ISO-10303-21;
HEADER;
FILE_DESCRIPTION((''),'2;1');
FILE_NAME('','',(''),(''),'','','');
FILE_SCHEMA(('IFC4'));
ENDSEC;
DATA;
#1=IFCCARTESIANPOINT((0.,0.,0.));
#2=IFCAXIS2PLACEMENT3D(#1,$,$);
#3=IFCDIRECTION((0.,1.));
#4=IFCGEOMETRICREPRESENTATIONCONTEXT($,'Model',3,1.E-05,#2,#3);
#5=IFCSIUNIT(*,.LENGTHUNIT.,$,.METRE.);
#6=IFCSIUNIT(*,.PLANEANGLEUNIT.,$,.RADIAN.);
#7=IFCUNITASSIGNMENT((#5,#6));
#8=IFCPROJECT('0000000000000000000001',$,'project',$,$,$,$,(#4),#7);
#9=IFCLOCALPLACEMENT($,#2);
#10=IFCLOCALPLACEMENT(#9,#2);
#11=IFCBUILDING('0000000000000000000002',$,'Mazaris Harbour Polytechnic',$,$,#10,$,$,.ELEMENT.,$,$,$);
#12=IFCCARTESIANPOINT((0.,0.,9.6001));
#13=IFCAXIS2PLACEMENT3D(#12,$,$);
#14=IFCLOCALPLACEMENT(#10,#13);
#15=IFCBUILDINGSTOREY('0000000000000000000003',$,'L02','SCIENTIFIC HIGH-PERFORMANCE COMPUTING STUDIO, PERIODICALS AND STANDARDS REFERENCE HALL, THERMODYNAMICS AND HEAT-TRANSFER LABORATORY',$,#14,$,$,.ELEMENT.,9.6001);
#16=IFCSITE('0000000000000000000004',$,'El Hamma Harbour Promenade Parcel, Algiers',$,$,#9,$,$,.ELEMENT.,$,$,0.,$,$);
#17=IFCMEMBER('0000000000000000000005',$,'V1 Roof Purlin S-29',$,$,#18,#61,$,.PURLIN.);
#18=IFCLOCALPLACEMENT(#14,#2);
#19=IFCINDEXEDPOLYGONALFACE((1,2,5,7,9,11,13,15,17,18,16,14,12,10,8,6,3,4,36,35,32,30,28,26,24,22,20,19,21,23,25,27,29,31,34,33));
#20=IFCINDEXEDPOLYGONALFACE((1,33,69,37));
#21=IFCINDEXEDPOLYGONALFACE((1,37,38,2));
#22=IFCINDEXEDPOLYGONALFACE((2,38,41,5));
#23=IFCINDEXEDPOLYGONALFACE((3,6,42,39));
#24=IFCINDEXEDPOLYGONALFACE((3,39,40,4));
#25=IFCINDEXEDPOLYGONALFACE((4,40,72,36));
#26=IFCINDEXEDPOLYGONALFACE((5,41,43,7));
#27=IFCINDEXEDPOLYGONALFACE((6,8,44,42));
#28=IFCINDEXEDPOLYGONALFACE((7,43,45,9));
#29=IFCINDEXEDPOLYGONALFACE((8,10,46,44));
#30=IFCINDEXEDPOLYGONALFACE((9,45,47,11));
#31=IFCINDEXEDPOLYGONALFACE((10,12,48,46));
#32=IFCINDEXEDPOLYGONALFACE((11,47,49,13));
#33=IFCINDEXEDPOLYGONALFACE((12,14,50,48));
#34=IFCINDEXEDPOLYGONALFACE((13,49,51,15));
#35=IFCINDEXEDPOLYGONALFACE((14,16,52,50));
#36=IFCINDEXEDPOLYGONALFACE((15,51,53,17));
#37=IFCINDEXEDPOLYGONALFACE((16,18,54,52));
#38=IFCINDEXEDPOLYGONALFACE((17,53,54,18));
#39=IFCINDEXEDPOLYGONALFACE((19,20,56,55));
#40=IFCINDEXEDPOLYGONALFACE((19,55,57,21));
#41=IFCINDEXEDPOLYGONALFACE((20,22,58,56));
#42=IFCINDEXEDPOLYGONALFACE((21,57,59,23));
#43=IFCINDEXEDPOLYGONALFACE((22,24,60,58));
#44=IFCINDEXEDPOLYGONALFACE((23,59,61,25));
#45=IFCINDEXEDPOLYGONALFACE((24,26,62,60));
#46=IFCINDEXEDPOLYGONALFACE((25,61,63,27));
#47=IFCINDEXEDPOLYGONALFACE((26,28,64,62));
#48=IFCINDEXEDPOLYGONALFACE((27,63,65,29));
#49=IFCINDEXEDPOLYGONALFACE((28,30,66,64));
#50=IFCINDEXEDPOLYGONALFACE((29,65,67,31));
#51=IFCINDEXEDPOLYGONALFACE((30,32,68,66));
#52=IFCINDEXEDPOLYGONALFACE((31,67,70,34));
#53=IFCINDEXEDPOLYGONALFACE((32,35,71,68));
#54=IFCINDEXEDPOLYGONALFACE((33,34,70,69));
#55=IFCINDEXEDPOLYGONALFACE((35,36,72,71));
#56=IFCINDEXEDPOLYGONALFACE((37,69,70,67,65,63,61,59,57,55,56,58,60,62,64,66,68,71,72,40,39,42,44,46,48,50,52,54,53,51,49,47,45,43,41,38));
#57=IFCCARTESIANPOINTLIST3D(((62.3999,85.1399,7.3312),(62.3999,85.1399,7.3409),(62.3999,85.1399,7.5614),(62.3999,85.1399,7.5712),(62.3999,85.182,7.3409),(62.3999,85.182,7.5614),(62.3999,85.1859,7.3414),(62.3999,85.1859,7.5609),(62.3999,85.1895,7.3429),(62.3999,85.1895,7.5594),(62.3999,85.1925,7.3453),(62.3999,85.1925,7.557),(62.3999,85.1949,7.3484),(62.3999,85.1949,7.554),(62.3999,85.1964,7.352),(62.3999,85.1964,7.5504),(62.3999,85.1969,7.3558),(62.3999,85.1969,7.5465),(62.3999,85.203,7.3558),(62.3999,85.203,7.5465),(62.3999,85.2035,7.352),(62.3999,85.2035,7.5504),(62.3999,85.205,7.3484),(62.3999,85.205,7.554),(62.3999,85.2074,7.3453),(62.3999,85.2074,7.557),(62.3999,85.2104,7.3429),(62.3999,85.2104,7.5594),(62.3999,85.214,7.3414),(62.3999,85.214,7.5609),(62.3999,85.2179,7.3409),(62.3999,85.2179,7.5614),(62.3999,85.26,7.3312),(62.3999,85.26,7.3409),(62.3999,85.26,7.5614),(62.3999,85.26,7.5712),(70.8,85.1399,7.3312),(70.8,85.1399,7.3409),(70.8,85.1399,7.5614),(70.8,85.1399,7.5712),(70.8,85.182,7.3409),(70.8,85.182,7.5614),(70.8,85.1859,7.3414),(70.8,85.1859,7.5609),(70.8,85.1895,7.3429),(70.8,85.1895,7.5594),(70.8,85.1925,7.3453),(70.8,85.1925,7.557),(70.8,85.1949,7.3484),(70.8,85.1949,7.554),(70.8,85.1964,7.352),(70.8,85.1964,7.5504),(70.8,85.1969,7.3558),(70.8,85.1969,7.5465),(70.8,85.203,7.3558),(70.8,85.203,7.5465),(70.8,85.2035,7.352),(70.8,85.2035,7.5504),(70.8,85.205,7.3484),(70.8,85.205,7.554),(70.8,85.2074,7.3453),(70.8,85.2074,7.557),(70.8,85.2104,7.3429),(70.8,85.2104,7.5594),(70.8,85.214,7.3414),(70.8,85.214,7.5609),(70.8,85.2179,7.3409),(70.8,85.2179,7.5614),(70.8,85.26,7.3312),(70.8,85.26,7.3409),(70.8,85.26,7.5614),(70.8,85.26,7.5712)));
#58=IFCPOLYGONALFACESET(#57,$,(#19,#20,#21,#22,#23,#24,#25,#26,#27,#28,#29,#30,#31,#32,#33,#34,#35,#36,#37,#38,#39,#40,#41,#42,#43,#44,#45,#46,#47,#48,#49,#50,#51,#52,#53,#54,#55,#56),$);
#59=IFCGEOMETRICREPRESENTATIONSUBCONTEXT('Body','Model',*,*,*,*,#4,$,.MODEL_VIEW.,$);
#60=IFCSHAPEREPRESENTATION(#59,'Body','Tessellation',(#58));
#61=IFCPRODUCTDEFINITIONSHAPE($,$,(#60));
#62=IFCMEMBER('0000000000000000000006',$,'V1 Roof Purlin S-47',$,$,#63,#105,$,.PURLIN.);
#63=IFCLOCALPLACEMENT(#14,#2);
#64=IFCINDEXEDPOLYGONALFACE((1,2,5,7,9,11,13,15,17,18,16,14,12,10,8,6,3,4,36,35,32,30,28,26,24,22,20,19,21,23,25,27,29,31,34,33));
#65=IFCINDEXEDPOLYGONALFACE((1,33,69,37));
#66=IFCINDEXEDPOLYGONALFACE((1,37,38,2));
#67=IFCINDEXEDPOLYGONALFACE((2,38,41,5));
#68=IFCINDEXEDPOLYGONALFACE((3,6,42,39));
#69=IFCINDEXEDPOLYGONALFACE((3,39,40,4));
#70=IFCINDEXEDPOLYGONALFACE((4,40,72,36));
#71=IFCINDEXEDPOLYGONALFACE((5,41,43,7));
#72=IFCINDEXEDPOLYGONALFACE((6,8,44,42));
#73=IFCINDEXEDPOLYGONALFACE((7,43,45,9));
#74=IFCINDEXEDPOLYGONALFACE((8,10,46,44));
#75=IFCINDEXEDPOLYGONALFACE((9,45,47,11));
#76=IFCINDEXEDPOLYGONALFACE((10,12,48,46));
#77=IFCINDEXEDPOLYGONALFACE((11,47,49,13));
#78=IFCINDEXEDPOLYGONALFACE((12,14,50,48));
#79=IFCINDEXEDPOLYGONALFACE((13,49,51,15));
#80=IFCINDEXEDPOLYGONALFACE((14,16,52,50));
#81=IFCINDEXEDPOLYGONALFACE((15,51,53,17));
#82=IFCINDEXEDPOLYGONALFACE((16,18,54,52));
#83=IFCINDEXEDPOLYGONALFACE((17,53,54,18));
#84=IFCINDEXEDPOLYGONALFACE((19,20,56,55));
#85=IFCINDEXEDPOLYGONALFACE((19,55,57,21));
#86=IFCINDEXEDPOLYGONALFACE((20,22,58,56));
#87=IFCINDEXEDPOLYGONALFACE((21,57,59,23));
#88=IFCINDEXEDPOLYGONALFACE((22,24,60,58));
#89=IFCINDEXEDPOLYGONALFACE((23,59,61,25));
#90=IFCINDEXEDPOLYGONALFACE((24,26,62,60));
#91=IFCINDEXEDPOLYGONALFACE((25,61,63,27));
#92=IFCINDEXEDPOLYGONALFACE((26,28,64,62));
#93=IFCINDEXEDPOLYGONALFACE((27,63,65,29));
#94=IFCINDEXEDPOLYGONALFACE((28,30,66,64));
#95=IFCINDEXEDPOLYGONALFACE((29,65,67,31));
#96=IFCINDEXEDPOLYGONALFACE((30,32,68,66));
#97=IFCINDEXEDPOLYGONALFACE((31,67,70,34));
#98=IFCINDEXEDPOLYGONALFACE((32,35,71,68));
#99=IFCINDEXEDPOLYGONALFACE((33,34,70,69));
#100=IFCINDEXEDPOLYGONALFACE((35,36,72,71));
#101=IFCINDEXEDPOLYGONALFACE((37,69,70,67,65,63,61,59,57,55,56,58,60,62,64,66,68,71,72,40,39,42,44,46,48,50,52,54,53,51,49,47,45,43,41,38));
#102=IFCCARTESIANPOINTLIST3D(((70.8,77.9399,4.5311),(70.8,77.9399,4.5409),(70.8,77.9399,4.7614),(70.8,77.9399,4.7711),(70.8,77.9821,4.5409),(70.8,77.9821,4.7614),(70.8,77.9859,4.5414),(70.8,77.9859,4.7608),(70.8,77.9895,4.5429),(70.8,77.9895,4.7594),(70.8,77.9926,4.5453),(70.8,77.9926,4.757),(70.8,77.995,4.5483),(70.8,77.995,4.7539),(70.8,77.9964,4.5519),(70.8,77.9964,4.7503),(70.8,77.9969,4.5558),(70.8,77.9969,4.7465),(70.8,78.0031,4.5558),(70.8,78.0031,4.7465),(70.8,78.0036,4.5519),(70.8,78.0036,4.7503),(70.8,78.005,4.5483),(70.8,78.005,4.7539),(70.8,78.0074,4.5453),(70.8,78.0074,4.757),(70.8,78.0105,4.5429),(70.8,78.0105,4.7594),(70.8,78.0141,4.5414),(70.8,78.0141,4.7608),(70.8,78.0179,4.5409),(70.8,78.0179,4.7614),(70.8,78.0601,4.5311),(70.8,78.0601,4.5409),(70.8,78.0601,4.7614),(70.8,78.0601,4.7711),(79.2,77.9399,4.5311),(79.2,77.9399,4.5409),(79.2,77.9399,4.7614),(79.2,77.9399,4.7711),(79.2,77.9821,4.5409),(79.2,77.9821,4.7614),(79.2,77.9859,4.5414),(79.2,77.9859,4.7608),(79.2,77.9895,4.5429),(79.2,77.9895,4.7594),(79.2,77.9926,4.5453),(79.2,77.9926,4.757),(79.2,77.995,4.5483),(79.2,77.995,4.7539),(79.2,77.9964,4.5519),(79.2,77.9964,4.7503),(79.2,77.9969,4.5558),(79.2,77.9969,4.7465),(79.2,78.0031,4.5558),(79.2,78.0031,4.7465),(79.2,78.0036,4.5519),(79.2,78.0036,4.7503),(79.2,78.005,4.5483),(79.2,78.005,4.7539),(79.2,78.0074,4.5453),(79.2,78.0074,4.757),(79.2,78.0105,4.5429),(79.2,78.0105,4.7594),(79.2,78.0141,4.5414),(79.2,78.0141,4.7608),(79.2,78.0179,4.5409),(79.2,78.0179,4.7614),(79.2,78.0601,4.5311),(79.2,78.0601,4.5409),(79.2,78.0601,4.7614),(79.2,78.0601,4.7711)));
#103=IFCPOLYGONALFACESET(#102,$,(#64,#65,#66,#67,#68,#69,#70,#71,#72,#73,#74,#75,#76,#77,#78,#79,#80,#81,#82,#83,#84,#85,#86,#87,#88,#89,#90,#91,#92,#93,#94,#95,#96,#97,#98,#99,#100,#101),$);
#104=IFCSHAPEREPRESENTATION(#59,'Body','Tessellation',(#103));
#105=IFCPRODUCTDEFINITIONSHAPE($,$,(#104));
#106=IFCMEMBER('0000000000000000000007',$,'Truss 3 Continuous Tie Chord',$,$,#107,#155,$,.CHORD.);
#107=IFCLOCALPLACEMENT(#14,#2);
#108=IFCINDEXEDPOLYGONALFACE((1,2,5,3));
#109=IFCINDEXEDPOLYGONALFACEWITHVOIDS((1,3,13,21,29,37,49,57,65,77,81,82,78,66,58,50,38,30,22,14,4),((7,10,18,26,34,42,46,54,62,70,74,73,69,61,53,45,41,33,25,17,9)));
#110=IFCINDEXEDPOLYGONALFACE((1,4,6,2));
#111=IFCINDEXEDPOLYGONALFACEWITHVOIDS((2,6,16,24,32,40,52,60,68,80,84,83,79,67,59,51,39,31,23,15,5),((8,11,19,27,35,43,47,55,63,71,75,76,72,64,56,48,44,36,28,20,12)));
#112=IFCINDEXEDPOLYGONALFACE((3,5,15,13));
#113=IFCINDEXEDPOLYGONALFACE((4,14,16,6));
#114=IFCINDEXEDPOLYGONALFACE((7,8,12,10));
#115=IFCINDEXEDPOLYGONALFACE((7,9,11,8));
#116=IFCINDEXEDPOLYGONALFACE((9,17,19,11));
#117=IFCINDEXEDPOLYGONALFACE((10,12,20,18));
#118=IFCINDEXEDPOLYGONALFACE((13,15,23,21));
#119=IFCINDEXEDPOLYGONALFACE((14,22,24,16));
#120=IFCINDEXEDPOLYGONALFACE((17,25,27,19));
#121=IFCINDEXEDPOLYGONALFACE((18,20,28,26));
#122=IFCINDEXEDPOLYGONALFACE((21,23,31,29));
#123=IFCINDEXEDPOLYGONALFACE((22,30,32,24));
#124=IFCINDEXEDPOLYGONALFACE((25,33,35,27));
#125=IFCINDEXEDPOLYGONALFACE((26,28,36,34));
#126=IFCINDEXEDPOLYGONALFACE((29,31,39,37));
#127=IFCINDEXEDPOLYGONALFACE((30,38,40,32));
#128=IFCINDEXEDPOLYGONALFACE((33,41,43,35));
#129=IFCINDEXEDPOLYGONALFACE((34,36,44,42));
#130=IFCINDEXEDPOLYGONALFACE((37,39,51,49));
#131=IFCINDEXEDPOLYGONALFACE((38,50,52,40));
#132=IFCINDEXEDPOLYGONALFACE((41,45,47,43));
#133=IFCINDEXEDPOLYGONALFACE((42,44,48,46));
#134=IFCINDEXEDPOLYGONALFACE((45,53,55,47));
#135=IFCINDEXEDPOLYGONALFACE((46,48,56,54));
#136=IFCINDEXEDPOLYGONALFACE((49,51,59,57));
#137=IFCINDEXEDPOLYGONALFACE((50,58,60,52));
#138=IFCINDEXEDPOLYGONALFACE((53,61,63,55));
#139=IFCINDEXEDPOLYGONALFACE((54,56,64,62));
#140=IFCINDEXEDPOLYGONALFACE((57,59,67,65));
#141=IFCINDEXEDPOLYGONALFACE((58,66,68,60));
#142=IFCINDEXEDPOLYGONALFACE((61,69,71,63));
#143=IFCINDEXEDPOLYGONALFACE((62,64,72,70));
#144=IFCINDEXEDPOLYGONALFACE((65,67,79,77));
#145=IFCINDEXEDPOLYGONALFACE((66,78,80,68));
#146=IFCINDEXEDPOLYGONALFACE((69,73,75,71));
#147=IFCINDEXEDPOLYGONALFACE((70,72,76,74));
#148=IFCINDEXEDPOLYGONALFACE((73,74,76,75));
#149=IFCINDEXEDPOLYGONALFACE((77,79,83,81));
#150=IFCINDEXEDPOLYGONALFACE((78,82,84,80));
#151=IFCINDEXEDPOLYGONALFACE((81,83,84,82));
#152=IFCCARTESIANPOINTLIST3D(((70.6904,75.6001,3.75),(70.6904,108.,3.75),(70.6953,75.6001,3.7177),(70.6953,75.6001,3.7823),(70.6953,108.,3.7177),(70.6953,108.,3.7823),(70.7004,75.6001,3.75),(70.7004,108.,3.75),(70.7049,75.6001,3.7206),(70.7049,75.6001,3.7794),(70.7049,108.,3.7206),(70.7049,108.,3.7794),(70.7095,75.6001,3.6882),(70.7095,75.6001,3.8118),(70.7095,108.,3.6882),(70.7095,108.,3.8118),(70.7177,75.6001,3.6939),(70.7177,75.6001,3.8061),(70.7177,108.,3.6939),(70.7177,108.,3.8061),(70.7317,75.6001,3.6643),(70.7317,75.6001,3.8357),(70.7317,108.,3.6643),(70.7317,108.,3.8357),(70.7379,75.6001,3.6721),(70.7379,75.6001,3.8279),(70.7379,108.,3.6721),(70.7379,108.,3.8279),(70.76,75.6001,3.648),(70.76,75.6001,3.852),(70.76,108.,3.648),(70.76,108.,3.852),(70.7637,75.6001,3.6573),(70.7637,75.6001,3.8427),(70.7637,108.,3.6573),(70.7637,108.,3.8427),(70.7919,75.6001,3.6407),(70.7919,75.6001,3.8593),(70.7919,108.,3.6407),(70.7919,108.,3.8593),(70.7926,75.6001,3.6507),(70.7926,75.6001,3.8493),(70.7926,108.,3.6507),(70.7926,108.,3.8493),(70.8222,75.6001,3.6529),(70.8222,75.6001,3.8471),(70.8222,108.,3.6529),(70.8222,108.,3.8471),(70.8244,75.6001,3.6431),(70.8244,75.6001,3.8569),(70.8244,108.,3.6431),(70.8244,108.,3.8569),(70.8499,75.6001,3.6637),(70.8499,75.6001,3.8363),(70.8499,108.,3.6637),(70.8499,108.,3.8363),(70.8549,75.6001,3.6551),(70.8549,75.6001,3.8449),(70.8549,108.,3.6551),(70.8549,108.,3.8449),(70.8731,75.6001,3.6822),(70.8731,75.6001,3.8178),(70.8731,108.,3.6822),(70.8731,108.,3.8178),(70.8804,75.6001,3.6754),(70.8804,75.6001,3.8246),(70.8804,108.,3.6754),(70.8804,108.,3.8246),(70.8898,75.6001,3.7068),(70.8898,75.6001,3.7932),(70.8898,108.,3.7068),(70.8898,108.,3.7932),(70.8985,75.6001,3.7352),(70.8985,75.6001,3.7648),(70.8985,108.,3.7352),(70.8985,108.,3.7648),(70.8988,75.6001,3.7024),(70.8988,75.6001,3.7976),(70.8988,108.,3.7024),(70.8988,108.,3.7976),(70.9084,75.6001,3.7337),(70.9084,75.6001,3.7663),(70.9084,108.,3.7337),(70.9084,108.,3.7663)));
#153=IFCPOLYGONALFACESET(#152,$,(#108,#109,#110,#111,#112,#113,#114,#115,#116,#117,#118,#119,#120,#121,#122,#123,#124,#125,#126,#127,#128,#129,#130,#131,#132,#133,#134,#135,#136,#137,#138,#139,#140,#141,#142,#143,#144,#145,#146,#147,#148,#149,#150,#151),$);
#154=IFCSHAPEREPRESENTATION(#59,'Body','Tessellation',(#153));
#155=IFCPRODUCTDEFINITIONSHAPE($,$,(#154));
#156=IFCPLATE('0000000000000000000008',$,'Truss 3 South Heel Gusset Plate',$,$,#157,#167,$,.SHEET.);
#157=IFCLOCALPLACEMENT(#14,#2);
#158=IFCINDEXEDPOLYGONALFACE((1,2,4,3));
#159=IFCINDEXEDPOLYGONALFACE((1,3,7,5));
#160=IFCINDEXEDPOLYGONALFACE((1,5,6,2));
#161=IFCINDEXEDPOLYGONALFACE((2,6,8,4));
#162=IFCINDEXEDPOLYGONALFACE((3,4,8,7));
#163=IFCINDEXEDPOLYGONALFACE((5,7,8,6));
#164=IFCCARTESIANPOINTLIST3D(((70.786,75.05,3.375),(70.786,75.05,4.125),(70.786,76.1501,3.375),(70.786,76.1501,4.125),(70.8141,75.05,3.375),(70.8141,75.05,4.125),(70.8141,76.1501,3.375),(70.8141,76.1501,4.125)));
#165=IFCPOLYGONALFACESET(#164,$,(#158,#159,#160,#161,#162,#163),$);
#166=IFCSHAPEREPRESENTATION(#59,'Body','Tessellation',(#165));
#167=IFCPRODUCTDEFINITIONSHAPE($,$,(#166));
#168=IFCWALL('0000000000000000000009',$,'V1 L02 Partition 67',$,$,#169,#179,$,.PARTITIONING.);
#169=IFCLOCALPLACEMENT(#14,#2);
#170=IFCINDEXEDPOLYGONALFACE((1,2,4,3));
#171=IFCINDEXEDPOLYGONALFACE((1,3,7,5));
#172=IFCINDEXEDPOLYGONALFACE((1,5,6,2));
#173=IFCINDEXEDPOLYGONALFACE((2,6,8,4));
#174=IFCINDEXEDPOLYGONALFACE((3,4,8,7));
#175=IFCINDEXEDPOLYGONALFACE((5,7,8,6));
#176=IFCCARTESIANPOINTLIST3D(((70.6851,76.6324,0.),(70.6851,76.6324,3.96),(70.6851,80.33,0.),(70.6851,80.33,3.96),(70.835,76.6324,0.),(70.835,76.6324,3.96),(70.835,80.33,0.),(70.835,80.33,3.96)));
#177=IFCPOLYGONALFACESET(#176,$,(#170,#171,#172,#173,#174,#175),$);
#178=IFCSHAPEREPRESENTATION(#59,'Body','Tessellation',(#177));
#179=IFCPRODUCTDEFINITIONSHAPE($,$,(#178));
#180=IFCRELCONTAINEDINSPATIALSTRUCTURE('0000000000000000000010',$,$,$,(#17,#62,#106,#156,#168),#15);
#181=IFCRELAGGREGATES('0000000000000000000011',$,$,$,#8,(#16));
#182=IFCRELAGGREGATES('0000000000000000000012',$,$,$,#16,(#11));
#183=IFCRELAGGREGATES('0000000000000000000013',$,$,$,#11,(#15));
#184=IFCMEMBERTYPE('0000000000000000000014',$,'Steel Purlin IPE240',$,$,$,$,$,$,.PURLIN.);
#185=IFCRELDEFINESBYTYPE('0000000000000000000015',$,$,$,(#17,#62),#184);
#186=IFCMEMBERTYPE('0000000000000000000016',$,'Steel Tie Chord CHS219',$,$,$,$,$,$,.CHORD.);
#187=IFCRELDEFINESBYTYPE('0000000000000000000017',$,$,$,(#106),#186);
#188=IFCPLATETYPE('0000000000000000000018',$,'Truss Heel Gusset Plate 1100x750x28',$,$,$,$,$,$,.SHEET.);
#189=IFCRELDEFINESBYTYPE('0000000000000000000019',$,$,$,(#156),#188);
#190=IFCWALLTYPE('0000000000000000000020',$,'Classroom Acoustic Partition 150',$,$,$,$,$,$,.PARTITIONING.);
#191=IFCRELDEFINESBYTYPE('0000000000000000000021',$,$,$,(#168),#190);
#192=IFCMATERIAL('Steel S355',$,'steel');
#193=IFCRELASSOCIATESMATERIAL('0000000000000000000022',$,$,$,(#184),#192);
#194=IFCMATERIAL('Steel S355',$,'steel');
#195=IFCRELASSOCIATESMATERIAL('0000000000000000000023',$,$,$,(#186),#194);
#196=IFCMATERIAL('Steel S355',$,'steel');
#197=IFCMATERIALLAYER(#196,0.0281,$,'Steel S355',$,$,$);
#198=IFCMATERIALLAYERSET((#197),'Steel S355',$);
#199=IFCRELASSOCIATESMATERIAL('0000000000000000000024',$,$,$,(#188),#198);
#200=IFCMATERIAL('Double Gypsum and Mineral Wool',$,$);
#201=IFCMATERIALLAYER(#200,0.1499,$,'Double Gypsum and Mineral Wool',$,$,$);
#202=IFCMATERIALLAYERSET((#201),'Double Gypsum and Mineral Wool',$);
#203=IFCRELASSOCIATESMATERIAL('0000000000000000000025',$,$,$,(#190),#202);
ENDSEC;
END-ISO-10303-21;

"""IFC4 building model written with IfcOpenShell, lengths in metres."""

from ifc_helpers import new_model, si_unit, direction, frame, frame_2d, origin, origin_2d, place, context, subcontext, project, spatial, rectangle, hollow_circle, i_section, extrude, material, layer, layer_set, material_profile, profile_set, type_object, element, save


model = new_model("IFC4")

# Units and contexts
model_context = context("Model", 3, precision=1e-05, world=origin(), true_north=direction((0.0, 1.0)))
body_context = subcontext(model_context, "Body", "Model", "MODEL_VIEW")
ifc_project = project(units=[si_unit("LENGTHUNIT", "METRE"), si_unit("PLANEANGLEUNIT", "RADIAN")], contexts=[model_context])

# Site, building, storey
site_placement = place(None, origin())
site = spatial("IfcSite", under=ifc_project, at=site_placement, Name="El Hamma Harbour Promenade Parcel, Algiers", CompositionType="ELEMENT", RefElevation=0.0)
building_placement = place(site_placement, origin())
building = spatial("IfcBuilding", under=site, at=building_placement, Name="Mazaris Harbour Polytechnic", CompositionType="ELEMENT")
storey_placement = place(building_placement, frame((0.0, 0.0, 9.6001)))
storey = spatial("IfcBuildingStorey", under=building, at=storey_placement, Name="L02", Description="SCIENTIFIC HIGH-PERFORMANCE COMPUTING STUDIO, PERIODICALS AND STANDARDS REFERENCE HALL, THERMODYNAMICS AND HEAT-TRANSFER LABORATORY", CompositionType="ELEMENT", Elevation=9.6001)

# Members
ifc_material_1 = material(Name="Steel S355", Category="steel")
ifc_material_profile_1 = material_profile(ifc_material_1, i_section(OverallWidth=0.1201, OverallDepth=0.24, WebThickness=0.0061, FlangeThickness=0.0098, FilletRadius=0.0149, at=origin_2d()), Name="IPE 240")
ifc_profile_set_1 = profile_set([ifc_material_profile_1], Name="Steel S355")
member_type_1 = type_object("IfcMemberType", Name="Steel Purlin IPE240", PredefinedType="PURLIN", material=ifc_profile_set_1)
member_1_placement = place(storey_placement, frame((62.3999, 85.2, 7.4512), z_axis=(1.0, 0.0, 0.0), x_axis=(0.0, 1.0, 0.0)))
element("IfcMember", 1, at=member_1_placement, inside=storey, type_object=member_type_1, Name="V1 Roof Purlin S-29", PredefinedType="PURLIN", context=body_context, shape_type="SweptSolid", body=[
    extrude(i_section(OverallWidth=0.1201, OverallDepth=0.24, WebThickness=0.0061, FlangeThickness=0.0098, FilletRadius=0.0149, at=origin_2d()), origin(), (0.0, 0.0, 1.0), 8.4001),
])
member_2_placement = place(storey_placement, frame((70.8, 78.0, 4.6511), z_axis=(1.0, 0.0, 0.0), x_axis=(0.0, 1.0, 0.0)))
element("IfcMember", 2, at=member_2_placement, inside=storey, type_object=member_type_1, Name="V1 Roof Purlin S-47", PredefinedType="PURLIN", context=body_context, shape_type="SweptSolid", body=[
    extrude(i_section(OverallWidth=0.1201, OverallDepth=0.24, WebThickness=0.0061, FlangeThickness=0.0098, FilletRadius=0.0149, at=origin_2d()), origin(), (0.0, 0.0, 1.0), 8.3999),
])
ifc_material_2 = material(Name="Steel S355", Category="steel")
ifc_material_profile_2 = material_profile(ifc_material_2, hollow_circle(Radius=0.1096, WallThickness=0.01, at=origin_2d()), Name="CHS 219.1x10.0")
ifc_profile_set_2 = profile_set([ifc_material_profile_2], Name="Steel S355")
member_type_2 = type_object("IfcMemberType", Name="Steel Tie Chord CHS219", PredefinedType="CHORD", material=ifc_profile_set_2)
member_3_placement = place(storey_placement, frame((70.8, 75.6001, 3.75), z_axis=(0.0, 1.0, 0.0), x_axis=(-1.0, 0.0, 0.0)))
element("IfcMember", 3, at=member_3_placement, inside=storey, type_object=member_type_2, Name="Truss 3 Continuous Tie Chord", PredefinedType="CHORD", context=body_context, shape_type="SweptSolid", body=[
    extrude(hollow_circle(Radius=0.1096, WallThickness=0.01, at=origin_2d()), origin(), (0.0, 0.0, 1.0), 32.3999),
])

# Plate
ifc_material_3 = material(Name="Steel S355", Category="steel")
ifc_layer_1 = layer(ifc_material_3, 0.0281, Name="Steel S355")
ifc_layer_set_1 = layer_set([ifc_layer_1], Name="Steel S355")
plate_type = type_object("IfcPlateType", Name="Truss Heel Gusset Plate 1100x750x28", PredefinedType="SHEET", material=ifc_layer_set_1)
plate_placement = place(storey_placement, frame((70.8, 75.6001, 3.375), z_axis=(0.0, 0.0, 1.0), x_axis=(0.0, 1.0, 0.0)))
element("IfcPlate", 4, at=plate_placement, inside=storey, type_object=plate_type, Name="Truss 3 South Heel Gusset Plate", PredefinedType="SHEET", context=body_context, shape_type="SweptSolid", body=[
    extrude(rectangle(XDim=1.1001, YDim=0.0281, at=origin_2d()), origin(), (0.0, 0.0, 1.0), 0.75),
])

# Wall
ifc_material_4 = material(Name="Double Gypsum and Mineral Wool")
ifc_layer_2 = layer(ifc_material_4, 0.1499, Name="Double Gypsum and Mineral Wool")
ifc_layer_set_2 = layer_set([ifc_layer_2], Name="Double Gypsum and Mineral Wool")
wall_type_1 = type_object("IfcWallType", Name="Classroom Acoustic Partition 150", PredefinedType="PARTITIONING", material=ifc_layer_set_2)
wall_1_placement = place(storey_placement, frame((70.76, 76.6326, 0.0), z_axis=(0.0, 0.0, 1.0), x_axis=(0.0, 1.0, 0.0)))
element("IfcWall", 5, at=wall_1_placement, inside=storey, type_object=wall_type_1, Name="V1 L02 Partition 67", PredefinedType="PARTITIONING", context=body_context, shape_type="SweptSolid", body=[
    extrude(rectangle(XDim=3.6975, YDim=0.1499, at=frame_2d((1.8486, 0.0))), origin(), (0.0, 0.0, 1.0), 3.96),
])

save(model, "model.ifc")
